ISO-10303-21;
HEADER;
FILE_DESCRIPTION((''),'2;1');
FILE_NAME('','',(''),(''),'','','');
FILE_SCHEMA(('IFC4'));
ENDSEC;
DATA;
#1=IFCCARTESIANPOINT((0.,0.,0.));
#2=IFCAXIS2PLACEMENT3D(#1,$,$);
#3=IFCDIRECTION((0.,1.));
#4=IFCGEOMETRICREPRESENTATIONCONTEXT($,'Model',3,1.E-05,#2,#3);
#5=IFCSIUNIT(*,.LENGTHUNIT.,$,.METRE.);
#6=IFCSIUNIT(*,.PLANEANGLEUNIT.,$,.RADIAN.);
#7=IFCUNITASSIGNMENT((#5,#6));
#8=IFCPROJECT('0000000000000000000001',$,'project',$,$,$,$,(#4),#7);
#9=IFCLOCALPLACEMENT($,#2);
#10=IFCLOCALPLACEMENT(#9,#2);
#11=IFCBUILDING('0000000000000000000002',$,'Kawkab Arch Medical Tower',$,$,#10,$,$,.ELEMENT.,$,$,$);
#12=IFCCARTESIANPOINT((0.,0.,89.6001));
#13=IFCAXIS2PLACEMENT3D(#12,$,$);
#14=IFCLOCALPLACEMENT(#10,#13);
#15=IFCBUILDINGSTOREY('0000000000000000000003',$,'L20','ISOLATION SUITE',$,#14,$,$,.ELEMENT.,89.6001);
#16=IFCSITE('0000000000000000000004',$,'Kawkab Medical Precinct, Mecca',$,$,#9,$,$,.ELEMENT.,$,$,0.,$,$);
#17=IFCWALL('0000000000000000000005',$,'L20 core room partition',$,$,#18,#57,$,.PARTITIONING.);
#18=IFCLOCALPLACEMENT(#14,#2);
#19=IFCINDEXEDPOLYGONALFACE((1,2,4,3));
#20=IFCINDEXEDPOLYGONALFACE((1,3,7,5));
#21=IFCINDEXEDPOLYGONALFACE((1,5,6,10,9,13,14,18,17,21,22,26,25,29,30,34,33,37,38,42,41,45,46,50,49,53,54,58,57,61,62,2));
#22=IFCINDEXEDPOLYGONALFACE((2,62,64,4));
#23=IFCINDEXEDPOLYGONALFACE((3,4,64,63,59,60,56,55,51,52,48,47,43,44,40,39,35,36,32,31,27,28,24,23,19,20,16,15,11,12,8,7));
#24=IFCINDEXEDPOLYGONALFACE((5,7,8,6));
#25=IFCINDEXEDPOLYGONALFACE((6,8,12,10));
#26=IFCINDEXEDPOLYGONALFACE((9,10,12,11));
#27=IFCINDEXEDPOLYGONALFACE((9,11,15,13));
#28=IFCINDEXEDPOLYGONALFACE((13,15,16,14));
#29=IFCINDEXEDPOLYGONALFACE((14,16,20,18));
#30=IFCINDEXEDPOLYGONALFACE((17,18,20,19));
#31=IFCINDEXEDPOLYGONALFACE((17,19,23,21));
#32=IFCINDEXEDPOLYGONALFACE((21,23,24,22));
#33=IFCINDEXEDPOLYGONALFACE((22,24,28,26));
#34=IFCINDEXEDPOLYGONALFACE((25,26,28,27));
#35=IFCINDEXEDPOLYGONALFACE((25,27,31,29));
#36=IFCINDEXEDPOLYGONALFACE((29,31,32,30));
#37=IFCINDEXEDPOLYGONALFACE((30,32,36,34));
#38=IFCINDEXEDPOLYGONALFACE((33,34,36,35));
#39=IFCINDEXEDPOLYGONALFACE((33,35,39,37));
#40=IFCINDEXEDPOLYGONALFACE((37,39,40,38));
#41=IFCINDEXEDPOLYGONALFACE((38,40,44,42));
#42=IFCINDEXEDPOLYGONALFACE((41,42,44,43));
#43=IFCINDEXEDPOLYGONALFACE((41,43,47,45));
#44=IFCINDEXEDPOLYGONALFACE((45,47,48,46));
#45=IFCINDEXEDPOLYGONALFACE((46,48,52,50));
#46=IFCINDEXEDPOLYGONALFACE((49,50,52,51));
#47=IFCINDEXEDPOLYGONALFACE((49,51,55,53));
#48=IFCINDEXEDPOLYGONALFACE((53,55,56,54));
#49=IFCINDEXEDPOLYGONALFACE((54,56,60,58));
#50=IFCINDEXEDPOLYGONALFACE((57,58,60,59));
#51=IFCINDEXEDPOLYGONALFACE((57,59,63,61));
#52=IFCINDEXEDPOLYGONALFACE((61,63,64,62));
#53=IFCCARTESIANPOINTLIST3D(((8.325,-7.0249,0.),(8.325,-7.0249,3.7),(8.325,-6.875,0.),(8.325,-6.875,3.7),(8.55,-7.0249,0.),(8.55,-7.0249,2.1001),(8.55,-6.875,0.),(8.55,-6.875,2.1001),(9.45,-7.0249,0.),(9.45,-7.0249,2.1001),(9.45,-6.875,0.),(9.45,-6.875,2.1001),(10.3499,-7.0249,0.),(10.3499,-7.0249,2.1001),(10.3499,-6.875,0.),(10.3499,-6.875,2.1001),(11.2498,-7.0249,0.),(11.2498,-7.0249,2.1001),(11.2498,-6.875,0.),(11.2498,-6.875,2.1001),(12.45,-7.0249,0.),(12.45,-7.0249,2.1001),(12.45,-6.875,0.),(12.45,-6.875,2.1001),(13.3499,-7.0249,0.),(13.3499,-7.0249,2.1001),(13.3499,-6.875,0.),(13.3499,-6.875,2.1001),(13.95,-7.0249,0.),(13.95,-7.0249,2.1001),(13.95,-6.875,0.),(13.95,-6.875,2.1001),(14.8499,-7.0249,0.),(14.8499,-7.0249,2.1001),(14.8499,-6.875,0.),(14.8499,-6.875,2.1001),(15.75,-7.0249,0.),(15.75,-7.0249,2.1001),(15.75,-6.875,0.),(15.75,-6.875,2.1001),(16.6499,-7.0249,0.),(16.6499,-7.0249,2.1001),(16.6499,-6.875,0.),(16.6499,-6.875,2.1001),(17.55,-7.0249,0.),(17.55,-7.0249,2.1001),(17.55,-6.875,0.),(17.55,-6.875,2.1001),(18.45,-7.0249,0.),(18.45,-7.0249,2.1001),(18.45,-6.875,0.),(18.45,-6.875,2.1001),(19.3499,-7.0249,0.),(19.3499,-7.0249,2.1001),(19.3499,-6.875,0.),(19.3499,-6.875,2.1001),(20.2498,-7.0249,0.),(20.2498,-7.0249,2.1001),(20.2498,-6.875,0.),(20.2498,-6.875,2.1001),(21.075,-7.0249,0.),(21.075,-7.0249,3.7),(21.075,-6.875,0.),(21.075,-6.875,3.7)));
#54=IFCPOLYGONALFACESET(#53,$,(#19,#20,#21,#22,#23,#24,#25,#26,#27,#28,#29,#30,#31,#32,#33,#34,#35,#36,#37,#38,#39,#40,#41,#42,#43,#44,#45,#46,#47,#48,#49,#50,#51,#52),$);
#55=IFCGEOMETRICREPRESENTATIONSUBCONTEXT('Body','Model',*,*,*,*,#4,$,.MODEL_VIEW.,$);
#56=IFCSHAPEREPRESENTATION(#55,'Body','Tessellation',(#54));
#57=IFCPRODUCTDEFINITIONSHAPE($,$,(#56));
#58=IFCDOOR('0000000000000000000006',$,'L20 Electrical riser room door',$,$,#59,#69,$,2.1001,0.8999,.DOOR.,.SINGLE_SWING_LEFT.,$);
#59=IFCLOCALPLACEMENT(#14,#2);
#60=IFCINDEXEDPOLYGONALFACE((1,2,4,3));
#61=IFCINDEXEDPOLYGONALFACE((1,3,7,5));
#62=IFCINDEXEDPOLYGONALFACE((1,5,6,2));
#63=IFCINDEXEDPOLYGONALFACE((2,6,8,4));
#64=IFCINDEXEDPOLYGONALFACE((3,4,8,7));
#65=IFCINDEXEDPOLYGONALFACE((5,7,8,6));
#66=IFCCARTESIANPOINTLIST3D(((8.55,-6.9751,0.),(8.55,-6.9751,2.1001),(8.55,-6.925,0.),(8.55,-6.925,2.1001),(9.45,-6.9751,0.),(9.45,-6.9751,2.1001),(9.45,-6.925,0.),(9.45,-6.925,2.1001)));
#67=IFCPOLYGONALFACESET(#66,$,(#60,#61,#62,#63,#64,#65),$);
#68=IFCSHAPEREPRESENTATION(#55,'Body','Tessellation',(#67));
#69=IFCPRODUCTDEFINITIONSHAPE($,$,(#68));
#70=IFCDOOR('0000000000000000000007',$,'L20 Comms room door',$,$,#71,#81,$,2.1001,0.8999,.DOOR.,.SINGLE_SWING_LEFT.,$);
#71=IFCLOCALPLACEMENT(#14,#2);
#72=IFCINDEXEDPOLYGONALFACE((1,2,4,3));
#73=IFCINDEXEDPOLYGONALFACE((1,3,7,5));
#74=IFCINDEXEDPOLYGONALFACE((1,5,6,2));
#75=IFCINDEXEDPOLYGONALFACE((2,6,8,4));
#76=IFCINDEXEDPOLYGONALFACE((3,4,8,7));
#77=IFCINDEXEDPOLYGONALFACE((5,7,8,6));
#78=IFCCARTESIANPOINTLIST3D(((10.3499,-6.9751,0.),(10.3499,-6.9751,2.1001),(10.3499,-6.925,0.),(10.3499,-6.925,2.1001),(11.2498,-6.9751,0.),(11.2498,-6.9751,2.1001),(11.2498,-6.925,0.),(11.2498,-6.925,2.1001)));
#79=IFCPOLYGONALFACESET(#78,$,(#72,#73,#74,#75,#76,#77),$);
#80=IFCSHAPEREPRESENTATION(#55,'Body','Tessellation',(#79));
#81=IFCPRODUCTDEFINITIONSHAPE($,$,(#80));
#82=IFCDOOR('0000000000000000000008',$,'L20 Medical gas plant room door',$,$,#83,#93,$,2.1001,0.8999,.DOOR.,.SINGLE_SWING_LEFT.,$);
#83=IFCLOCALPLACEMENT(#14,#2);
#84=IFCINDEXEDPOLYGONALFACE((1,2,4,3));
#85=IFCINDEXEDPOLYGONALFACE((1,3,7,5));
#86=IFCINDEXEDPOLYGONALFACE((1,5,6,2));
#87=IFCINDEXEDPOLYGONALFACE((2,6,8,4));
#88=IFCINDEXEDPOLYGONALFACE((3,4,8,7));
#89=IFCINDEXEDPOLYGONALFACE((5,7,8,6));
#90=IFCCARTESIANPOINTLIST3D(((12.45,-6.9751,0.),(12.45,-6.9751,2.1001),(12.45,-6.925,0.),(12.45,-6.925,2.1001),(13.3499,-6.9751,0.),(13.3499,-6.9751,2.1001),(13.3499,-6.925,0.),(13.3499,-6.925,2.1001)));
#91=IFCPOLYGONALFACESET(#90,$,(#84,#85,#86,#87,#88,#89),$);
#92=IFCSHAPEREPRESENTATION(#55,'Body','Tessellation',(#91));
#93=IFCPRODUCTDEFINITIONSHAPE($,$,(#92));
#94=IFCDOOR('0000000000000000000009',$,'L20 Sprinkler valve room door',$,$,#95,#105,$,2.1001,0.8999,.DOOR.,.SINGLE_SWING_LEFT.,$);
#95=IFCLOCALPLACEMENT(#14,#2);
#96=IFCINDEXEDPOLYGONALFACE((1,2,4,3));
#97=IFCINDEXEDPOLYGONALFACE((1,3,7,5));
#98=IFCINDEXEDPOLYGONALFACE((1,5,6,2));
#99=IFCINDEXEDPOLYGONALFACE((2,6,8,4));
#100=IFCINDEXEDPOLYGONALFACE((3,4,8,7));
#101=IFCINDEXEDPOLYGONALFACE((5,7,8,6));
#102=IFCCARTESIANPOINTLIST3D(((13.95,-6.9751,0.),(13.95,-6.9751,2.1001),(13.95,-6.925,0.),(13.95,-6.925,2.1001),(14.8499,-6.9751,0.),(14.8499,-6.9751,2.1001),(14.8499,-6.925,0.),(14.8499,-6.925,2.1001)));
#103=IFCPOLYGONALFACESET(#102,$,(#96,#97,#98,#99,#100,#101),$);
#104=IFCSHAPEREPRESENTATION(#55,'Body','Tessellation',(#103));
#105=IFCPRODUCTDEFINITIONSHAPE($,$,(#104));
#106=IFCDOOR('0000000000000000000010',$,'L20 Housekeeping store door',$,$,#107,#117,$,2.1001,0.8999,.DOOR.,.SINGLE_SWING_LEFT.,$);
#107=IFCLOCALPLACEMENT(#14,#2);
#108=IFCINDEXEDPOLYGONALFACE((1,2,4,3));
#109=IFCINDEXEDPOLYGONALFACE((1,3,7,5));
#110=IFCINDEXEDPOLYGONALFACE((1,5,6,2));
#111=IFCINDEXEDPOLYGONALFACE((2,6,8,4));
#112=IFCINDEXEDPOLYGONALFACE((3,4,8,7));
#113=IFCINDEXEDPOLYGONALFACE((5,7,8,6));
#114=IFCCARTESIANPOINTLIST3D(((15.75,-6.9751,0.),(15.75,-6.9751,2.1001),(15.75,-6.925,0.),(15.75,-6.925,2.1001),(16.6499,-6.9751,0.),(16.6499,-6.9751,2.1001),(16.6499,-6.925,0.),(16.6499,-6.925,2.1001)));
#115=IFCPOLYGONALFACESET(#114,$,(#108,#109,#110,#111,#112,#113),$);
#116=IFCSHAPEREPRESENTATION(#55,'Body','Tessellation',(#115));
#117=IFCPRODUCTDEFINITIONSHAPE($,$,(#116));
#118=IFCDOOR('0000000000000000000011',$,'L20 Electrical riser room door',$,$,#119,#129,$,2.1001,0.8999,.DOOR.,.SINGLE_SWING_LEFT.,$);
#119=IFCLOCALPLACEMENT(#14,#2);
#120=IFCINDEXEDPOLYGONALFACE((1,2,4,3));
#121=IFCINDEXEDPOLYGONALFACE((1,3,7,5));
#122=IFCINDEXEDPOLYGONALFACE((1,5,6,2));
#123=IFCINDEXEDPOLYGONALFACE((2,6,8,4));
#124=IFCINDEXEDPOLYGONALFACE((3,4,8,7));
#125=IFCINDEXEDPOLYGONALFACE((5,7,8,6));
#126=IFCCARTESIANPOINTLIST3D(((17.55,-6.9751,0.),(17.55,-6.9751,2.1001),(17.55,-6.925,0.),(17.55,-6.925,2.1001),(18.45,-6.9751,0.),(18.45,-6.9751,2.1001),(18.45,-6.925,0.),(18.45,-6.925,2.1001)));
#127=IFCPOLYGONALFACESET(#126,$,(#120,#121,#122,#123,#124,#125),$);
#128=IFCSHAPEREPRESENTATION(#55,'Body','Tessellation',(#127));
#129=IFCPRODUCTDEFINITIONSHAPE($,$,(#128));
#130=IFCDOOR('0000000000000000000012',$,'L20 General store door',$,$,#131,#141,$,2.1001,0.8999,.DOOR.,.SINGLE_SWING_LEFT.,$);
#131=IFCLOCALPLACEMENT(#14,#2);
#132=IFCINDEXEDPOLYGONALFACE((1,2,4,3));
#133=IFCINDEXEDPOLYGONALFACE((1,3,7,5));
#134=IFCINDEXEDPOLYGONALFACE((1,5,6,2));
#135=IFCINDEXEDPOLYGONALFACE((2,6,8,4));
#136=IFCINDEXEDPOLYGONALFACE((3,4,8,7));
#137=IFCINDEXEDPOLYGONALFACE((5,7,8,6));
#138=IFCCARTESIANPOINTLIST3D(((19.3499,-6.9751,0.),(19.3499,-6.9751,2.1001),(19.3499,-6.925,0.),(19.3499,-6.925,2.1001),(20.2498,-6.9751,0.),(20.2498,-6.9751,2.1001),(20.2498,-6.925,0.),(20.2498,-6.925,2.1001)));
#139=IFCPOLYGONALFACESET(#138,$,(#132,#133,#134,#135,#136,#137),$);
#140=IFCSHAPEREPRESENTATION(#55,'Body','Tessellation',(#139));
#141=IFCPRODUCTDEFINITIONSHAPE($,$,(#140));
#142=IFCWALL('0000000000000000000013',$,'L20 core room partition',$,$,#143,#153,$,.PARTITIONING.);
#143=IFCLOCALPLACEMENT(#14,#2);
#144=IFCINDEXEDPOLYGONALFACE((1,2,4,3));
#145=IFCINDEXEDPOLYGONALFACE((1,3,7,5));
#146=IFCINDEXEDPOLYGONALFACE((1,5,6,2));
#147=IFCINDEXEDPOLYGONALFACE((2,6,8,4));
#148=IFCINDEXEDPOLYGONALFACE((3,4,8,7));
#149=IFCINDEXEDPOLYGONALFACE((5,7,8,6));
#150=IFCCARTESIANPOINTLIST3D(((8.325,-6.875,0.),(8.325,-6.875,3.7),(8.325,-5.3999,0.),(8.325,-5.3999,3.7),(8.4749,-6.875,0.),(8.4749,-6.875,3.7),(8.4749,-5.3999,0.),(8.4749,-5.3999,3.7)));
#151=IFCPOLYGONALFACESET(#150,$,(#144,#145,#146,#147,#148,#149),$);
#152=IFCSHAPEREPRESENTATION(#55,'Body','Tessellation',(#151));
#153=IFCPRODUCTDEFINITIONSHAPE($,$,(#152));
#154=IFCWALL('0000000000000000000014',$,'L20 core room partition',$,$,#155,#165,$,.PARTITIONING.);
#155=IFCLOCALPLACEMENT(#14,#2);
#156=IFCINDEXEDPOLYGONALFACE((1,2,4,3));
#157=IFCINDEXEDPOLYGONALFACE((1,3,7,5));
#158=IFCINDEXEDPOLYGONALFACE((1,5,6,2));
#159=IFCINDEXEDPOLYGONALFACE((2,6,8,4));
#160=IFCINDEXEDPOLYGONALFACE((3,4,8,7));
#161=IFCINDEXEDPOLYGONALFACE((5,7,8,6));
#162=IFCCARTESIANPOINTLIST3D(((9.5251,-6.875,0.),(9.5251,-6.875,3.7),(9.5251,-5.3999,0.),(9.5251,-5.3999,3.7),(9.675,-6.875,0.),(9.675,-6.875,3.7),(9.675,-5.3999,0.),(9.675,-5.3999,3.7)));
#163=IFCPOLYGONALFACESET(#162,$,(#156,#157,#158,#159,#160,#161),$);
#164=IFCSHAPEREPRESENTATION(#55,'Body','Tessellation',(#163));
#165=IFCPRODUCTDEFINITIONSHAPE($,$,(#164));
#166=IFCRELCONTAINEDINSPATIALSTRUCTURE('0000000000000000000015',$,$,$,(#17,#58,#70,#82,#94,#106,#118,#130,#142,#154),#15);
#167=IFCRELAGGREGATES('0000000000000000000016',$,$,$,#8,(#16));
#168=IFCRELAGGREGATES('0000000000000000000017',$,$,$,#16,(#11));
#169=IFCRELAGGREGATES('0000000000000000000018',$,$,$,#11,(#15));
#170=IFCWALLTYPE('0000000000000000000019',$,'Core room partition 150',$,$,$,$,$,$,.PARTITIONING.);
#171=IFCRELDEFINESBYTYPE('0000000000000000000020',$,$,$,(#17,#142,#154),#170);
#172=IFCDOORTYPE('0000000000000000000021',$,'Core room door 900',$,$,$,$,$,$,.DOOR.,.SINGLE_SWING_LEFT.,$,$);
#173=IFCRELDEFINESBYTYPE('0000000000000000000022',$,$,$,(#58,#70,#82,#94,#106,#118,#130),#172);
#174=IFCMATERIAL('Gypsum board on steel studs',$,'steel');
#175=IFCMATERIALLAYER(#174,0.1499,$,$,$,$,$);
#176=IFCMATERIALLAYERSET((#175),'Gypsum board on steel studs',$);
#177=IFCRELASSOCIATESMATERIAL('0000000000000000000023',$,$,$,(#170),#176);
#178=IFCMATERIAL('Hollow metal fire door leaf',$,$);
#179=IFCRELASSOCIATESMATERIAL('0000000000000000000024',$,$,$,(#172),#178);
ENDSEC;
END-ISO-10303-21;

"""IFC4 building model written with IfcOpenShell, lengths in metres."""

from ifc_helpers import new_model, si_unit, direction, frame, frame_2d, origin, place, context, subcontext, project, spatial, rectangle, extrude, material, layer, layer_set, type_object, element, fill, save


model = new_model("IFC4")

# Units and contexts
model_context = context("Model", 3, precision=1e-05, world=origin(), true_north=direction((0.0, 1.0)))
body_context = subcontext(model_context, "Body", "Model", "MODEL_VIEW")
ifc_project = project(units=[si_unit("LENGTHUNIT", "METRE"), si_unit("PLANEANGLEUNIT", "RADIAN")], contexts=[model_context])

# Site, building, storey
site_placement = place(None, origin())
site = spatial("IfcSite", under=ifc_project, at=site_placement, Name="Kawkab Medical Precinct, Mecca", CompositionType="ELEMENT", RefElevation=0.0)
building_placement = place(site_placement, origin())
building = spatial("IfcBuilding", under=site, at=building_placement, Name="Kawkab Arch Medical Tower", CompositionType="ELEMENT")
storey_placement = place(building_placement, frame((0.0, 0.0, 89.6001)))
storey = spatial("IfcBuildingStorey", under=building, at=storey_placement, Name="L20", Description="ISOLATION SUITE", CompositionType="ELEMENT", Elevation=89.6001)

# Wall, openings, doors
ifc_material_1 = material(Name="Gypsum board on steel studs", Category="steel")
ifc_layer_1 = layer(ifc_material_1, 0.1499)
ifc_layer_set_1 = layer_set([ifc_layer_1], Name="Gypsum board on steel studs")
wall_type_1 = type_object("IfcWallType", Name="Core room partition 150", PredefinedType="PARTITIONING", material=ifc_layer_set_1)
wall_1_placement = place(storey_placement, frame((8.325, -6.95, 0.0), z_axis=(0.0, 0.0, 1.0), x_axis=(1.0, 0.0, 0.0)))
wall_1 = element("IfcWall", 1, at=wall_1_placement, inside=storey, type_object=wall_type_1, Name="L20 core room partition", PredefinedType="PARTITIONING", context=body_context, shape_type="SweptSolid", body=[
    extrude(rectangle(XDim=12.75, YDim=0.1499, at=frame_2d((6.375, 0.0))), origin(), (0.0, 0.0, 1.0), 3.7),
])
opening_1_placement = place(wall_1_placement, frame((0.2251, 0.0, 0.0)))
opening_1 = element("IfcOpeningElement", 2, at=opening_1_placement, cuts=wall_1, PredefinedType="OPENING", context=body_context, shape_type="SweptSolid", body=[
    extrude(rectangle(XDim=0.8999, YDim=2.1001, at=frame_2d((0.45, 1.05))), frame((0.0, 0.085, 0.0), z_axis=(0.0, -1.0, 0.0), x_axis=(1.0, 0.0, 0.0)), (0.0, 0.0, 1.0), 0.1699),
])
opening_2_placement = place(wall_1_placement, frame((2.0249, 0.0, 0.0)))
opening_2 = element("IfcOpeningElement", 3, at=opening_2_placement, cuts=wall_1, PredefinedType="OPENING", context=body_context, shape_type="SweptSolid", body=[
    extrude(rectangle(XDim=0.8999, YDim=2.1001, at=frame_2d((0.45, 1.05))), frame((0.0, 0.085, 0.0), z_axis=(0.0, -1.0, 0.0), x_axis=(1.0, 0.0, 0.0)), (0.0, 0.0, 1.0), 0.1699),
])
opening_3_placement = place(wall_1_placement, frame((4.125, 0.0, 0.0)))
opening_3 = element("IfcOpeningElement", 4, at=opening_3_placement, cuts=wall_1, PredefinedType="OPENING", context=body_context, shape_type="SweptSolid", body=[
    extrude(rectangle(XDim=0.8999, YDim=2.1001, at=frame_2d((0.45, 1.05))), frame((0.0, 0.085, 0.0), z_axis=(0.0, -1.0, 0.0), x_axis=(1.0, 0.0, 0.0)), (0.0, 0.0, 1.0), 0.1699),
])
opening_4_placement = place(wall_1_placement, frame((5.625, 0.0, 0.0)))
opening_4 = element("IfcOpeningElement", 5, at=opening_4_placement, cuts=wall_1, PredefinedType="OPENING", context=body_context, shape_type="SweptSolid", body=[
    extrude(rectangle(XDim=0.8999, YDim=2.1001, at=frame_2d((0.45, 1.05))), frame((0.0, 0.085, 0.0), z_axis=(0.0, -1.0, 0.0), x_axis=(1.0, 0.0, 0.0)), (0.0, 0.0, 1.0), 0.1699),
])
opening_5_placement = place(wall_1_placement, frame((7.425, 0.0, 0.0)))
opening_5 = element("IfcOpeningElement", 6, at=opening_5_placement, cuts=wall_1, PredefinedType="OPENING", context=body_context, shape_type="SweptSolid", body=[
    extrude(rectangle(XDim=0.8999, YDim=2.1001, at=frame_2d((0.45, 1.05))), frame((0.0, 0.085, 0.0), z_axis=(0.0, -1.0, 0.0), x_axis=(1.0, 0.0, 0.0)), (0.0, 0.0, 1.0), 0.1699),
])
opening_6_placement = place(wall_1_placement, frame((9.2251, 0.0, 0.0)))
opening_6 = element("IfcOpeningElement", 7, at=opening_6_placement, cuts=wall_1, PredefinedType="OPENING", context=body_context, shape_type="SweptSolid", body=[
    extrude(rectangle(XDim=0.8999, YDim=2.1001, at=frame_2d((0.45, 1.05))), frame((0.0, 0.085, 0.0), z_axis=(0.0, -1.0, 0.0), x_axis=(1.0, 0.0, 0.0)), (0.0, 0.0, 1.0), 0.1699),
])
opening_7_placement = place(wall_1_placement, frame((11.0249, 0.0, 0.0)))
opening_7 = element("IfcOpeningElement", 8, at=opening_7_placement, cuts=wall_1, PredefinedType="OPENING", context=body_context, shape_type="SweptSolid", body=[
    extrude(rectangle(XDim=0.8999, YDim=2.1001, at=frame_2d((0.45, 1.05))), frame((0.0, 0.085, 0.0), z_axis=(0.0, -1.0, 0.0), x_axis=(1.0, 0.0, 0.0)), (0.0, 0.0, 1.0), 0.1699),
])
ifc_material_2 = material(Name="Hollow metal fire door leaf")
door_type = type_object("IfcDoorType", Name="Core room door 900", OperationType="SINGLE_SWING_LEFT", PredefinedType="DOOR", material=ifc_material_2)
door_1_placement = place(opening_1_placement, origin())
door_1 = element("IfcDoor", 9, at=door_1_placement, inside=storey, type_object=door_type, Name="L20 Electrical riser room door", OperationType="SINGLE_SWING_LEFT", OverallHeight=2.1001, OverallWidth=0.8999, PredefinedType="DOOR", context=body_context, shape_type="SweptSolid", body=[
    extrude(rectangle(XDim=0.8999, YDim=2.1001, at=frame_2d((0.45, 1.05))), frame((0.0, 0.0249, 0.0), z_axis=(0.0, -1.0, 0.0), x_axis=(1.0, 0.0, 0.0)), (0.0, 0.0, 1.0), 0.05),
])
fill(opening_1, door_1)
door_2_placement = place(opening_2_placement, origin())
door_2 = element("IfcDoor", 10, at=door_2_placement, inside=storey, type_object=door_type, Name="L20 Comms room door", OperationType="SINGLE_SWING_LEFT", OverallHeight=2.1001, OverallWidth=0.8999, PredefinedType="DOOR", context=body_context, shape_type="SweptSolid", body=[
    extrude(rectangle(XDim=0.8999, YDim=2.1001, at=frame_2d((0.45, 1.05))), frame((0.0, 0.0249, 0.0), z_axis=(0.0, -1.0, 0.0), x_axis=(1.0, 0.0, 0.0)), (0.0, 0.0, 1.0), 0.05),
])
fill(opening_2, door_2)
door_3_placement = place(opening_3_placement, origin())
door_3 = element("IfcDoor", 11, at=door_3_placement, inside=storey, type_object=door_type, Name="L20 Medical gas plant room door", OperationType="SINGLE_SWING_LEFT", OverallHeight=2.1001, OverallWidth=0.8999, PredefinedType="DOOR", context=body_context, shape_type="SweptSolid", body=[
    extrude(rectangle(XDim=0.8999, YDim=2.1001, at=frame_2d((0.45, 1.05))), frame((0.0, 0.0249, 0.0), z_axis=(0.0, -1.0, 0.0), x_axis=(1.0, 0.0, 0.0)), (0.0, 0.0, 1.0), 0.05),
])
fill(opening_3, door_3)
door_4_placement = place(opening_4_placement, origin())
door_4 = element("IfcDoor", 12, at=door_4_placement, inside=storey, type_object=door_type, Name="L20 Sprinkler valve room door", OperationType="SINGLE_SWING_LEFT", OverallHeight=2.1001, OverallWidth=0.8999, PredefinedType="DOOR", context=body_context, shape_type="SweptSolid", body=[
    extrude(rectangle(XDim=0.8999, YDim=2.1001, at=frame_2d((0.45, 1.05))), frame((0.0, 0.0249, 0.0), z_axis=(0.0, -1.0, 0.0), x_axis=(1.0, 0.0, 0.0)), (0.0, 0.0, 1.0), 0.05),
])
fill(opening_4, door_4)
door_5_placement = place(opening_5_placement, origin())
door_5 = element("IfcDoor", 13, at=door_5_placement, inside=storey, type_object=door_type, Name="L20 Housekeeping store door", OperationType="SINGLE_SWING_LEFT", OverallHeight=2.1001, OverallWidth=0.8999, PredefinedType="DOOR", context=body_context, shape_type="SweptSolid", body=[
    extrude(rectangle(XDim=0.8999, YDim=2.1001, at=frame_2d((0.45, 1.05))), frame((0.0, 0.0249, 0.0), z_axis=(0.0, -1.0, 0.0), x_axis=(1.0, 0.0, 0.0)), (0.0, 0.0, 1.0), 0.05),
])
fill(opening_5, door_5)
door_6_placement = place(opening_6_placement, origin())
door_6 = element("IfcDoor", 14, at=door_6_placement, inside=storey, type_object=door_type, Name="L20 Electrical riser room door", OperationType="SINGLE_SWING_LEFT", OverallHeight=2.1001, OverallWidth=0.8999, PredefinedType="DOOR", context=body_context, shape_type="SweptSolid", body=[
    extrude(rectangle(XDim=0.8999, YDim=2.1001, at=frame_2d((0.45, 1.05))), frame((0.0, 0.0249, 0.0), z_axis=(0.0, -1.0, 0.0), x_axis=(1.0, 0.0, 0.0)), (0.0, 0.0, 1.0), 0.05),
])
fill(opening_6, door_6)
door_7_placement = place(opening_7_placement, origin())
door_7 = element("IfcDoor", 15, at=door_7_placement, inside=storey, type_object=door_type, Name="L20 General store door", OperationType="SINGLE_SWING_LEFT", OverallHeight=2.1001, OverallWidth=0.8999, PredefinedType="DOOR", context=body_context, shape_type="SweptSolid", body=[
    extrude(rectangle(XDim=0.8999, YDim=2.1001, at=frame_2d((0.45, 1.05))), frame((0.0, 0.0249, 0.0), z_axis=(0.0, -1.0, 0.0), x_axis=(1.0, 0.0, 0.0)), (0.0, 0.0, 1.0), 0.05),
])
fill(opening_7, door_7)

# Walls
for number, where, z_axis, x_axis, name in (
    (16, (8.3999, -6.875, 0.0), (0.0, 0.0, 1.0), (0.0, 1.0, 0.0), "L20 core room partition"),
    (17, (9.6001, -6.875, 0.0), (0.0, 0.0, 1.0), (0.0, 1.0, 0.0), "L20 core room partition"),
):
    element("IfcWall", number, at=place(storey_placement, frame(where, z_axis=z_axis, x_axis=x_axis)), inside=storey, type_object=wall_type_1, Name=name, PredefinedType="PARTITIONING", context=body_context, shape_type="SweptSolid", body=[
        extrude(rectangle(XDim=1.4751, YDim=0.1499, at=frame_2d((0.7375, 0.0))), origin(), (0.0, 0.0, 1.0), 3.7),
    ])

save(model, "model.ifc")
